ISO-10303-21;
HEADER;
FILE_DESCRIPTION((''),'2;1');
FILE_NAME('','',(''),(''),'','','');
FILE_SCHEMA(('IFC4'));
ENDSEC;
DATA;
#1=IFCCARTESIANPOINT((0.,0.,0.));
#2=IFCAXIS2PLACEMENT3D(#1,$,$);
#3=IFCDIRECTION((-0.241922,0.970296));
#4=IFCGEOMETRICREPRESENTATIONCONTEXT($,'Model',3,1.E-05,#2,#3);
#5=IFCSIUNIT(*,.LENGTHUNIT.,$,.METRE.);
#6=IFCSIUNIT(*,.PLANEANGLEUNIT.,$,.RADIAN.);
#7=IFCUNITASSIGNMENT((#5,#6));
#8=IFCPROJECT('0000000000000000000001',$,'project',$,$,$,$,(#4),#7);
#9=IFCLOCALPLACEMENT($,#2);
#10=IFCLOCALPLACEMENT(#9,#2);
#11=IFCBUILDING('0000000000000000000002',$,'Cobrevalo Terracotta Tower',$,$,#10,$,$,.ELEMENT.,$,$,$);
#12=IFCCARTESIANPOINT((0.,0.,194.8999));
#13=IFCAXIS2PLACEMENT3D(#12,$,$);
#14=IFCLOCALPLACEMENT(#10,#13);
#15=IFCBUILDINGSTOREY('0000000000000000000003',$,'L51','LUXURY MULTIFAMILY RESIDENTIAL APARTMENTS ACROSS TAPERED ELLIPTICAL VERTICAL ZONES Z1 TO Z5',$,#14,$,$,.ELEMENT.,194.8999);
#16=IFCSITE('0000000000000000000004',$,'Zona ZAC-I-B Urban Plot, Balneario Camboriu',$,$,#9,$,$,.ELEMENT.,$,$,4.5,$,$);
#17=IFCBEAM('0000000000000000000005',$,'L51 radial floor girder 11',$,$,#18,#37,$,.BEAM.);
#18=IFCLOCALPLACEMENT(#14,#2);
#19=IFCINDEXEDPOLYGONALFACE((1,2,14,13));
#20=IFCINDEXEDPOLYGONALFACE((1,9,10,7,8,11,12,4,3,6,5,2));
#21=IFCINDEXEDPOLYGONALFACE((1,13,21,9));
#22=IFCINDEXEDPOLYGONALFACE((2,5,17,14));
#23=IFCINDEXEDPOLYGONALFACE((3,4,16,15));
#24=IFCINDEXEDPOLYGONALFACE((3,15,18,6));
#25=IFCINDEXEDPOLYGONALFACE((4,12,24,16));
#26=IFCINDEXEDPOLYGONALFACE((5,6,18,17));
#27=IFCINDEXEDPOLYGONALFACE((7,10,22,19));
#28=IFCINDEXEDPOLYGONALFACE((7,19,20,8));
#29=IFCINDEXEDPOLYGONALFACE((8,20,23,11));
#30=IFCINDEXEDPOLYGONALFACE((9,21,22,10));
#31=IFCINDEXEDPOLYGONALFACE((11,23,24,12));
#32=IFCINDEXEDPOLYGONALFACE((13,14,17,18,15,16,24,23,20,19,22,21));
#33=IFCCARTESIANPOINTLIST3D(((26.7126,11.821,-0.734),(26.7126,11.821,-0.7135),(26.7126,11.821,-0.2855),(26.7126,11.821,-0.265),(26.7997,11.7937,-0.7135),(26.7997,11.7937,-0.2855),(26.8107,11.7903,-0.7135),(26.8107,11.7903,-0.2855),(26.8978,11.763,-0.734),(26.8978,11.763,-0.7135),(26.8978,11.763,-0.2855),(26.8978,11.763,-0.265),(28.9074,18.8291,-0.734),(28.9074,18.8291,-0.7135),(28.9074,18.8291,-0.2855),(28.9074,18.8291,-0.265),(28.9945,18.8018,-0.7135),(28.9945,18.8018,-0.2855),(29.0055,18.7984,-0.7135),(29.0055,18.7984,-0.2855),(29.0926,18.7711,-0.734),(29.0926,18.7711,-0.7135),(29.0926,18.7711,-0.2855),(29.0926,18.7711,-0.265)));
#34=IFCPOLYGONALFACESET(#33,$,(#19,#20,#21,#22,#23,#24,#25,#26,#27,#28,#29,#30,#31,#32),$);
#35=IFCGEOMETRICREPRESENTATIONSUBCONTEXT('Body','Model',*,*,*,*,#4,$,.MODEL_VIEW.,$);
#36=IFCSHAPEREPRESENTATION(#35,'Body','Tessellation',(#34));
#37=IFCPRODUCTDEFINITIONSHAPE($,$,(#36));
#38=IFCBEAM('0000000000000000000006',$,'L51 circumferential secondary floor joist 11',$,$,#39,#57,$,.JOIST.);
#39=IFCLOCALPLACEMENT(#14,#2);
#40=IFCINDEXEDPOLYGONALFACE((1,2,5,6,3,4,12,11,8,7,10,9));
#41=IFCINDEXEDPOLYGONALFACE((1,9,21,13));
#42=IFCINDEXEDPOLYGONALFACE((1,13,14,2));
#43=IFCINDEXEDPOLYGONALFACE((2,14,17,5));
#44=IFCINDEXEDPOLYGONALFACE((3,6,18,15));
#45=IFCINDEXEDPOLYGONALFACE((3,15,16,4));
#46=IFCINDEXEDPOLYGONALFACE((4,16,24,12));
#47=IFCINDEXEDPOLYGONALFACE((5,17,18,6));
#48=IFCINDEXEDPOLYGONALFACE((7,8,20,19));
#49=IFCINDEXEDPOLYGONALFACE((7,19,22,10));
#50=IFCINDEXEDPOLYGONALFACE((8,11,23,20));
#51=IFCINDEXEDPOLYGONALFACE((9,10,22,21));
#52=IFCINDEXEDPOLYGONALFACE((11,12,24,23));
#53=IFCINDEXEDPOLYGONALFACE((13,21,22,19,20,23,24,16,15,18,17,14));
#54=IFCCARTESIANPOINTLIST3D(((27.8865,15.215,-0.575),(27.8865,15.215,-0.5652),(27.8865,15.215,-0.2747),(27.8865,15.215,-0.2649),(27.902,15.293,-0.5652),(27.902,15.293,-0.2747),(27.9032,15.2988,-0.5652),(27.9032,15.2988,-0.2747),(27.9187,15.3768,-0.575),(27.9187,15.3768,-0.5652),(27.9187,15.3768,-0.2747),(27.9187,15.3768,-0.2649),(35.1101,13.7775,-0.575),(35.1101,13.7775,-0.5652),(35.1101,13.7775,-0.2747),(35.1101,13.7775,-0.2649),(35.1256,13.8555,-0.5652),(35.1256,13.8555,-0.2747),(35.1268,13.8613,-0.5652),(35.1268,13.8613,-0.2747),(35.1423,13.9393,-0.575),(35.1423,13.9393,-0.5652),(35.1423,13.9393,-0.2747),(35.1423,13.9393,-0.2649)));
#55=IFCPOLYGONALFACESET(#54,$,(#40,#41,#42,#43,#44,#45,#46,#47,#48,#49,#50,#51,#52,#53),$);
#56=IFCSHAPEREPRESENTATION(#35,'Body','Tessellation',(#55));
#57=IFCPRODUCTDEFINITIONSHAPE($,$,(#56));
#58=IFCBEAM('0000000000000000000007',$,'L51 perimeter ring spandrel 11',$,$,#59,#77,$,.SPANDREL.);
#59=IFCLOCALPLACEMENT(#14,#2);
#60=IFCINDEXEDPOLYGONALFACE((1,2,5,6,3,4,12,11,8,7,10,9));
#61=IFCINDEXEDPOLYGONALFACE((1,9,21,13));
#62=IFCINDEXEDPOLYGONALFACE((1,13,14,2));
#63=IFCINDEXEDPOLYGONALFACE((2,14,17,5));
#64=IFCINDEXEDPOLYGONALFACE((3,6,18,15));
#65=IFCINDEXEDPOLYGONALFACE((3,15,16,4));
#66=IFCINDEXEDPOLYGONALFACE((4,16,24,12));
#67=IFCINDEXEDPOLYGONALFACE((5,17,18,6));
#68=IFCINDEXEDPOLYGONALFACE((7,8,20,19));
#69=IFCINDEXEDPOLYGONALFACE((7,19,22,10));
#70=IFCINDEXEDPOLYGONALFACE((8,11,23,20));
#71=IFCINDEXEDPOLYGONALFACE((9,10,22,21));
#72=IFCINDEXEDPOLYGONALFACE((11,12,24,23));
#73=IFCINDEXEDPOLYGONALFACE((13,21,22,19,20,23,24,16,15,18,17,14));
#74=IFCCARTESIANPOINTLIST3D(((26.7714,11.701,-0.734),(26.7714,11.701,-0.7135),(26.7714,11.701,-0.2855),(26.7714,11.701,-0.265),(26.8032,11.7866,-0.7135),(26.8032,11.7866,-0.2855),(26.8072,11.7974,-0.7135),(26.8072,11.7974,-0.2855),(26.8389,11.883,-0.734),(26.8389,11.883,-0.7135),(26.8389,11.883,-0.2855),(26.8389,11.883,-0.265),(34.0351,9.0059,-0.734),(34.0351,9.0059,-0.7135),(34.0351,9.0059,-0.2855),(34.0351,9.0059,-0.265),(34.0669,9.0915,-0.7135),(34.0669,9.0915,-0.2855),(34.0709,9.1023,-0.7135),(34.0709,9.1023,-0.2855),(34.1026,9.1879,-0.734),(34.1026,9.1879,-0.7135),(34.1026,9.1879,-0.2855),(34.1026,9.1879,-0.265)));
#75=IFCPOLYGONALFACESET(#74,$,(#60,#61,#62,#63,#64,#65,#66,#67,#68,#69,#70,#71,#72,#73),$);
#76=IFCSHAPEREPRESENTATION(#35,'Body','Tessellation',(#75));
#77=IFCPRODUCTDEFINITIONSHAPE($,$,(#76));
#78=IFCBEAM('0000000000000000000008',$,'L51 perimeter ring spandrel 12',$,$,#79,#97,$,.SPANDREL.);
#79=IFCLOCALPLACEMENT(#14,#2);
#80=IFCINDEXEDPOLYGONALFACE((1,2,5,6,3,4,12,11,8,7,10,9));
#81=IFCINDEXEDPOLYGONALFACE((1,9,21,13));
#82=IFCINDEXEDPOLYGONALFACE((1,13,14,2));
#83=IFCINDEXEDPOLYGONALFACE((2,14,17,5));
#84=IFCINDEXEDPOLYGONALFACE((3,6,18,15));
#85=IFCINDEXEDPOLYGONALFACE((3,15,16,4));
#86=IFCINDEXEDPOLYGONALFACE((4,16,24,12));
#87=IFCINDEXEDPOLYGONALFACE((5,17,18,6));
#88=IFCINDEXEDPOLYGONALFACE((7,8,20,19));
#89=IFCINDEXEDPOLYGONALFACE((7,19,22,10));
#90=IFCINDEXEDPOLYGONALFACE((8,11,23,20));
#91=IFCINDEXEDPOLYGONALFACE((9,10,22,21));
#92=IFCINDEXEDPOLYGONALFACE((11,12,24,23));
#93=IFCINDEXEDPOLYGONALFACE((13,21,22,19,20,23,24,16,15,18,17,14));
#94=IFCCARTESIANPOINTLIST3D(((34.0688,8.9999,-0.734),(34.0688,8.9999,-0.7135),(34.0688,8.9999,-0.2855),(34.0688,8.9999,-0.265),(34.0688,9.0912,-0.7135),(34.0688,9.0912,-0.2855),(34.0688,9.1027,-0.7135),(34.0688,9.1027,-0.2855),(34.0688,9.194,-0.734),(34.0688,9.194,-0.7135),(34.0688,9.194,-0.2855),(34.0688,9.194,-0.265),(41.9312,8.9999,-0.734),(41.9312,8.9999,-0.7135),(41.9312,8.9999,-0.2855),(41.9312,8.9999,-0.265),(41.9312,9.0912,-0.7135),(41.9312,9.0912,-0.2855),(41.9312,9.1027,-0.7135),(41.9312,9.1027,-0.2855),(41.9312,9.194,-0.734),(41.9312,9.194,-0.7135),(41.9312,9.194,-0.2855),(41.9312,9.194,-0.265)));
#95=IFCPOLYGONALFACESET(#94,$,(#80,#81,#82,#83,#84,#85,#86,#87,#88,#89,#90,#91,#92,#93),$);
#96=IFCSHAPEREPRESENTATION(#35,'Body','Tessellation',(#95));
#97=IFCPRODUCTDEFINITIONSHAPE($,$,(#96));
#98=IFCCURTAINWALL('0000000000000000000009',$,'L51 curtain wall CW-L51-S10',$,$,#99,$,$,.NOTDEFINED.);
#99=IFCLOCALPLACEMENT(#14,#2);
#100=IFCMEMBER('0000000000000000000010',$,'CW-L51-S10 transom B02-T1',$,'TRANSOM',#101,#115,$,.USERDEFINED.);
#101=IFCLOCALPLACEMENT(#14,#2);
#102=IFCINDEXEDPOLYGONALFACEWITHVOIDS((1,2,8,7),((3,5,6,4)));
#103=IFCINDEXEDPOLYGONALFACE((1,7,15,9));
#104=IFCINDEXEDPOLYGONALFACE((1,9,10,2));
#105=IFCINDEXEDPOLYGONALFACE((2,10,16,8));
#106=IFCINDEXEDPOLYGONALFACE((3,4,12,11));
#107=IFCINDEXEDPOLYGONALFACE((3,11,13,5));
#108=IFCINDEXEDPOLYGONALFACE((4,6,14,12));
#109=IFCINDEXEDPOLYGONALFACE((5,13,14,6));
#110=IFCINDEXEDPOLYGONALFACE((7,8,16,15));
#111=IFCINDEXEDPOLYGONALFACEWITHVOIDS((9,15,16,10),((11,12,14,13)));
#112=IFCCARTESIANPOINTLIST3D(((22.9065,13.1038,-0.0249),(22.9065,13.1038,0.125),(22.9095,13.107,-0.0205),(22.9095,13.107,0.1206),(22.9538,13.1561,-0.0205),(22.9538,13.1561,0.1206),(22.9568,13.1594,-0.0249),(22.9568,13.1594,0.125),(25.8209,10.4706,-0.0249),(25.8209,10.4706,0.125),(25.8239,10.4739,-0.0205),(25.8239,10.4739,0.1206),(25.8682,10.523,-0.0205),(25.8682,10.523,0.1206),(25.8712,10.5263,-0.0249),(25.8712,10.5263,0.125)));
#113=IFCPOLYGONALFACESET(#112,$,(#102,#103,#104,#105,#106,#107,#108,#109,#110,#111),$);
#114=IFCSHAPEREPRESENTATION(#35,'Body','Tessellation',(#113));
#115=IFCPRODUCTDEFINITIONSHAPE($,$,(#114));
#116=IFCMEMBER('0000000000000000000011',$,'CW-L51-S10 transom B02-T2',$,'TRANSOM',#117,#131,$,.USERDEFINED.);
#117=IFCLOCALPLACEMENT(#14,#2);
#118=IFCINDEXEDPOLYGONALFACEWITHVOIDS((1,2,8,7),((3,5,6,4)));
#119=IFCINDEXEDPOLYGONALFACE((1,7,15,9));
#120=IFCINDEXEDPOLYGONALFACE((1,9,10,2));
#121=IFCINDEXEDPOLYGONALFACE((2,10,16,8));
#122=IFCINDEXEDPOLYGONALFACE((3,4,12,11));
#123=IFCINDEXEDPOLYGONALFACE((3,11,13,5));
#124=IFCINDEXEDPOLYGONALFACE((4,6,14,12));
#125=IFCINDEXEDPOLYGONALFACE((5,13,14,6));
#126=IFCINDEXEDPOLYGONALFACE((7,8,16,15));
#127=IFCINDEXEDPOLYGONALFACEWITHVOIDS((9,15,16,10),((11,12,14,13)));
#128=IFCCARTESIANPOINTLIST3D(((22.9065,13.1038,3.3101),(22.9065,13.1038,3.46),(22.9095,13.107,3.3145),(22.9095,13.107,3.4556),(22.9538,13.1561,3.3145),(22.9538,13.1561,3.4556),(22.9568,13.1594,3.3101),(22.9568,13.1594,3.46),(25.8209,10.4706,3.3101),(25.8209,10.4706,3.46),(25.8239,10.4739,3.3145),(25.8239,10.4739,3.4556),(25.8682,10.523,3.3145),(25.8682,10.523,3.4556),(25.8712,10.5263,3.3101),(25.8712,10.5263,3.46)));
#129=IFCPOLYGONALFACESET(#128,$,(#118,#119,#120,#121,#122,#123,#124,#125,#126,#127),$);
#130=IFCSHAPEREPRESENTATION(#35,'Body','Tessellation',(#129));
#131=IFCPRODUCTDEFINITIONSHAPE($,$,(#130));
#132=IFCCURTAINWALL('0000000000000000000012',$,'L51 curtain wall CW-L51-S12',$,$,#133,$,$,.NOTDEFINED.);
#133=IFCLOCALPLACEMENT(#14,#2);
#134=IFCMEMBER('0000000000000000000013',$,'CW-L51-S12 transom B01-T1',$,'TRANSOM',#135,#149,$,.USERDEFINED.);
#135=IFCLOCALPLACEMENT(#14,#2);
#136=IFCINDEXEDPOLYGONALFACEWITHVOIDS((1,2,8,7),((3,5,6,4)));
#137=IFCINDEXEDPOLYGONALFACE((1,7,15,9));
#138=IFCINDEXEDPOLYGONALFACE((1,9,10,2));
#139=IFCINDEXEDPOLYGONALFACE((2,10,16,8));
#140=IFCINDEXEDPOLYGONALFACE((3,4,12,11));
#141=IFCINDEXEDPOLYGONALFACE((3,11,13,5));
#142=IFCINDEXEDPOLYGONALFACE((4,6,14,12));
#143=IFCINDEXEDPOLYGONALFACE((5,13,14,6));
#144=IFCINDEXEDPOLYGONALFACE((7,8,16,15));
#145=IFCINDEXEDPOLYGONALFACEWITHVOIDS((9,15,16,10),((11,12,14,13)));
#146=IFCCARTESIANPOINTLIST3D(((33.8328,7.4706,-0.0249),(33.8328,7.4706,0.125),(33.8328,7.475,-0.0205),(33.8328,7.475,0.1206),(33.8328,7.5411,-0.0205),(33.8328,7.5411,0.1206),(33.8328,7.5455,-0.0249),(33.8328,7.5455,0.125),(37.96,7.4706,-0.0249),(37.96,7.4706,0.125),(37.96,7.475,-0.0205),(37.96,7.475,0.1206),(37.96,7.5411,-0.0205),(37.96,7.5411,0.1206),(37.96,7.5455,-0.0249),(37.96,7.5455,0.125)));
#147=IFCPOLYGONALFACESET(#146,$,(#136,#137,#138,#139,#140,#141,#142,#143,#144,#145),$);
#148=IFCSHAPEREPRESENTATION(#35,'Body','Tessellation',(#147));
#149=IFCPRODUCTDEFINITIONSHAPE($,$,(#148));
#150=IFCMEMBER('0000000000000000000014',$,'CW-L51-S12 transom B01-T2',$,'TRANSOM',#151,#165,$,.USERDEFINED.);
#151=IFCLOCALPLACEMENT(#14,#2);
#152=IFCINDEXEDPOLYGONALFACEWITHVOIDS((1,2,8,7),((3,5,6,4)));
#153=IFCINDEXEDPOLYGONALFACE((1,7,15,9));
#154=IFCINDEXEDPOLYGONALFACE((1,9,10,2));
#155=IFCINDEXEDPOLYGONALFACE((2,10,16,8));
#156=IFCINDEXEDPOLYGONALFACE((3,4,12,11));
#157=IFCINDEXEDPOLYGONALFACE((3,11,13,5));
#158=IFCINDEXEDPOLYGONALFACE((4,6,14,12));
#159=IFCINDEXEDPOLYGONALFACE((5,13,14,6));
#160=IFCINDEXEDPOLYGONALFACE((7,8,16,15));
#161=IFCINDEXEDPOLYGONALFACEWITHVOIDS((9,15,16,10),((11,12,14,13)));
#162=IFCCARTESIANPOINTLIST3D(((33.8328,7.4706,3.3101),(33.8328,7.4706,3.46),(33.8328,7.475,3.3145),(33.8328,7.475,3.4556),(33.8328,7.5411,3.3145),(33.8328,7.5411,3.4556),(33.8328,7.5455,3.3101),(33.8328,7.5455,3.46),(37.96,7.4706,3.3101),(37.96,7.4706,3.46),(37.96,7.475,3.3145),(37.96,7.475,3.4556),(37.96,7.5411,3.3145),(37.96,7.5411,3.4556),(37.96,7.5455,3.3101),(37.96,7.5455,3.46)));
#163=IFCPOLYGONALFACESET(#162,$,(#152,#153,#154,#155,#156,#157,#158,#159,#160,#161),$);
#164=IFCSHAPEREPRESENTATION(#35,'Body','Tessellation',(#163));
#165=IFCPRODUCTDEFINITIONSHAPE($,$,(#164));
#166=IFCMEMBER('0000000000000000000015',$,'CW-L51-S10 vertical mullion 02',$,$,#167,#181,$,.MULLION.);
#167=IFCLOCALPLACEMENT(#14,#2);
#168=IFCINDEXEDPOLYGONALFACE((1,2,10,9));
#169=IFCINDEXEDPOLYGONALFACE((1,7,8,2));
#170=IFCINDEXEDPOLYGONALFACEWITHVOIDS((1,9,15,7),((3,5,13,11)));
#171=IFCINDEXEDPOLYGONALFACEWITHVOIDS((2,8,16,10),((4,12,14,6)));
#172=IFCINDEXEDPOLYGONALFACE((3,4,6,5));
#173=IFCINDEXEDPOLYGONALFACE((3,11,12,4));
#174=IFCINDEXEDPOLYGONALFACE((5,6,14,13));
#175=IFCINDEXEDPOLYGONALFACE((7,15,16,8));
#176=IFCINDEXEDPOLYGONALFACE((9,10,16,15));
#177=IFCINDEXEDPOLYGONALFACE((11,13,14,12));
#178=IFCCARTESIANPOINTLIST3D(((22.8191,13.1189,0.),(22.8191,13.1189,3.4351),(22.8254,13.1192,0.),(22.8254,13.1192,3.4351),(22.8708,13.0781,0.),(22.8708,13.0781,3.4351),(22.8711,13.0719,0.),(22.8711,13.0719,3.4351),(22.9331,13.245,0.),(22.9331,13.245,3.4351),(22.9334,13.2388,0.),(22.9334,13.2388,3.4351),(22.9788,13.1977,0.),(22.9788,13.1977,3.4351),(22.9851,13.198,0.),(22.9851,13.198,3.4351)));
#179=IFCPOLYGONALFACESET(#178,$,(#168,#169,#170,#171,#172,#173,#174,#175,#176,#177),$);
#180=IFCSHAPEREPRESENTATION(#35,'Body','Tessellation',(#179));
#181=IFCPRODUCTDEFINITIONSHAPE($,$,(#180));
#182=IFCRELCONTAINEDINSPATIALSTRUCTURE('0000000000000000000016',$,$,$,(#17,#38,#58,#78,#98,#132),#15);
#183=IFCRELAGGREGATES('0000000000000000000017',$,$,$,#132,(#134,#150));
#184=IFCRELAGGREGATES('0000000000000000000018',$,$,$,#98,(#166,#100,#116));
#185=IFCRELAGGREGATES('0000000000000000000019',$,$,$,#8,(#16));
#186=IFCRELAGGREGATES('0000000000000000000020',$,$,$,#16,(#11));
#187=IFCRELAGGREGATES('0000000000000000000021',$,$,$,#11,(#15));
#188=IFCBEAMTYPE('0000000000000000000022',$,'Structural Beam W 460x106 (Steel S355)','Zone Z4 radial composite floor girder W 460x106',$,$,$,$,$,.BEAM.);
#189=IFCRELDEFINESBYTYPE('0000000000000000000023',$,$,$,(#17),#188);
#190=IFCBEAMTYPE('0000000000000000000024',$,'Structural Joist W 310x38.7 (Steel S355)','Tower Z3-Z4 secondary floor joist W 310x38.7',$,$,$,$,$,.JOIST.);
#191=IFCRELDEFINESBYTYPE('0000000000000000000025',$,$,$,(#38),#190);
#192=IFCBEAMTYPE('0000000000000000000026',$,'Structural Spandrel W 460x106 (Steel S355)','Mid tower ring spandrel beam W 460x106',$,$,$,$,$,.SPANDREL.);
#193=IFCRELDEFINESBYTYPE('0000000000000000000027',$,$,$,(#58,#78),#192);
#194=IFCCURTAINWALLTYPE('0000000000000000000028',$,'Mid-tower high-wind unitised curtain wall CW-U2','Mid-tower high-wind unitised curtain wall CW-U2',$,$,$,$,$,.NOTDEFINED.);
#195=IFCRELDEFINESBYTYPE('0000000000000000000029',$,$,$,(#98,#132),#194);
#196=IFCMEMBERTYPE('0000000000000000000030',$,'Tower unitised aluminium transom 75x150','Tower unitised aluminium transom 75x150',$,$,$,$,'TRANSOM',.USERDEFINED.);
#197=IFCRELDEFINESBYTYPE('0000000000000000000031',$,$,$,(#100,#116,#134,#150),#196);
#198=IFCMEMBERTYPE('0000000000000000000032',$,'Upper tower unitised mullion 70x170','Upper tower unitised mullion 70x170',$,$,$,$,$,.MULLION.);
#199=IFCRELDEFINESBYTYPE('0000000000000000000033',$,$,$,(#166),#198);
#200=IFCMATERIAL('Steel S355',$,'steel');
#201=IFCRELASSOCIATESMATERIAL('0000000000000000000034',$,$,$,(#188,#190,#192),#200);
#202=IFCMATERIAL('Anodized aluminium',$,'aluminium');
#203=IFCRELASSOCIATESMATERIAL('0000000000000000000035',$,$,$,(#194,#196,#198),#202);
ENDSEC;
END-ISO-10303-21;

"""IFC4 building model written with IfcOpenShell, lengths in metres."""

from ifc_helpers import new_model, si_unit, direction, frame, origin, origin_2d, place, context, subcontext, project, spatial, hollow_rectangle, i_section, extrude, source, transform, mapped, material, material_profile, profile_set, type_object, element, aggregate, save


model = new_model("IFC4")

# Units and contexts
model_context = context("Model", 3, precision=1e-05, world=origin(), true_north=direction((-0.241922, 0.970296)))
body_context = subcontext(model_context, "Body", "Model", "MODEL_VIEW")
ifc_project = project(units=[si_unit("LENGTHUNIT", "METRE"), si_unit("PLANEANGLEUNIT", "RADIAN")], contexts=[model_context])

# Site, building, storey
site_placement = place(None, origin())
site = spatial("IfcSite", under=ifc_project, at=site_placement, Name="Zona ZAC-I-B Urban Plot, Balneario Camboriu", CompositionType="ELEMENT", RefElevation=4.5)
building_placement = place(site_placement, origin())
building = spatial("IfcBuilding", under=site, at=building_placement, Name="Cobrevalo Terracotta Tower", CompositionType="ELEMENT")
storey_placement = place(building_placement, frame((0.0, 0.0, 194.8999)))
storey = spatial("IfcBuildingStorey", under=building, at=storey_placement, Name="L51", Description="LUXURY MULTIFAMILY RESIDENTIAL APARTMENTS ACROSS TAPERED ELLIPTICAL VERTICAL ZONES Z1 TO Z5", CompositionType="ELEMENT", Elevation=194.8999)

# Shared definitions
ifc_material_1 = material(Name="Steel S355", Category="steel")

# Beams
ifc_material_profile_1 = material_profile(ifc_material_1, i_section(OverallWidth=0.1941, OverallDepth=0.469, WebThickness=0.0115, FlangeThickness=0.0205, at=origin_2d()), Name="W 460x106")
ifc_profile_set_1 = profile_set([ifc_material_profile_1], Name="Steel S355")
beam_type_1 = type_object("IfcBeamType", Name="Structural Beam W 460x106 (Steel S355)", Description="Zone Z4 radial composite floor girder W 460x106", PredefinedType="BEAM", material=ifc_profile_set_1)
beam_1_placement = place(storey_placement, frame((26.8052, 11.792, -0.4995), z_axis=(0.298871, 0.954293, 0.0), x_axis=(-0.954293, 0.298871, 0.0)))
element("IfcBeam", 1, at=beam_1_placement, inside=storey, type_object=beam_type_1, Name="L51 radial floor girder 11", PredefinedType="BEAM", context=body_context, shape_type="SweptSolid", body=[
    extrude(i_section(OverallWidth=0.1941, OverallDepth=0.469, WebThickness=0.0115, FlangeThickness=0.0205, at=origin_2d()), origin(), (0.0, 0.0, 1.0), 7.3438),
])
ifc_material_profile_2 = material_profile(ifc_material_1, i_section(OverallWidth=0.165, OverallDepth=0.3101, WebThickness=0.0059, FlangeThickness=0.0098, at=origin_2d()), Name="W 310x38.7")
ifc_profile_set_2 = profile_set([ifc_material_profile_2], Name="Steel S355")
beam_type_2 = type_object("IfcBeamType", Name="Structural Joist W 310x38.7 (Steel S355)", Description="Tower Z3-Z4 secondary floor joist W 310x38.7", PredefinedType="JOIST", material=ifc_profile_set_2)
beam_2_placement = place(storey_placement, frame((27.9026, 15.2959, -0.4199), z_axis=(0.980769, -0.195173, 0.0), x_axis=(0.195173, 0.980769, 0.0)))
element("IfcBeam", 2, at=beam_2_placement, inside=storey, type_object=beam_type_2, Name="L51 circumferential secondary floor joist 11", PredefinedType="JOIST", context=body_context, shape_type="SweptSolid", body=[
    extrude(i_section(OverallWidth=0.165, OverallDepth=0.3101, WebThickness=0.0059, FlangeThickness=0.0098, at=origin_2d()), origin(), (0.0, 0.0, 1.0), 7.3652),
])
ifc_material_profile_3 = material_profile(ifc_material_1, i_section(OverallWidth=0.1941, OverallDepth=0.469, WebThickness=0.0115, FlangeThickness=0.0205, at=origin_2d()), Name="W 460x106")
ifc_profile_set_3 = profile_set([ifc_material_profile_3], Name="Steel S355")
beam_type_3 = type_object("IfcBeamType", Name="Structural Spandrel W 460x106 (Steel S355)", Description="Mid tower ring spandrel beam W 460x106", PredefinedType="SPANDREL", material=ifc_profile_set_3)
beam_3_placement = place(storey_placement, frame((26.8052, 11.792, -0.4995), z_axis=(0.937546, -0.347861, 0.0), x_axis=(0.347861, 0.937546, 0.0)))
element("IfcBeam", 3, at=beam_3_placement, inside=storey, type_object=beam_type_3, Name="L51 perimeter ring spandrel 11", PredefinedType="SPANDREL", context=body_context, shape_type="SweptSolid", body=[
    extrude(i_section(OverallWidth=0.1941, OverallDepth=0.469, WebThickness=0.0115, FlangeThickness=0.0205, at=origin_2d()), origin(), (0.0, 0.0, 1.0), 7.7476),
])
beam_4_placement = place(storey_placement, frame((34.0688, 9.0969, -0.4995), z_axis=(1.0, 0.0, 0.0), x_axis=(0.0, 1.0, 0.0)))
element("IfcBeam", 4, at=beam_4_placement, inside=storey, type_object=beam_type_3, Name="L51 perimeter ring spandrel 12", PredefinedType="SPANDREL", context=body_context, shape_type="SweptSolid", body=[
    extrude(i_section(OverallWidth=0.1941, OverallDepth=0.469, WebThickness=0.0115, FlangeThickness=0.0205, at=origin_2d()), origin(), (0.0, 0.0, 1.0), 7.8623),
])

# Curtain walls, members
ifc_material_2 = material(Name="Anodized aluminium", Category="aluminium")
curtain_wall_type = type_object("IfcCurtainWallType", Name="Mid-tower high-wind unitised curtain wall CW-U2", Description="Mid-tower high-wind unitised curtain wall CW-U2", PredefinedType="NOTDEFINED", material=ifc_material_2)
curtain_wall_1_placement = place(storey_placement, origin())
curtain_wall_1 = element("IfcCurtainWall", 5, at=curtain_wall_1_placement, inside=storey, type_object=curtain_wall_type, Name="L51 curtain wall CW-L51-S10", PredefinedType="NOTDEFINED")
ifc_material_profile_4 = material_profile(ifc_material_2, hollow_rectangle(XDim=0.075, YDim=0.1499, WallThickness=0.0044, at=origin_2d()), Name="CWT 75x150")
ifc_profile_set_4 = profile_set([ifc_material_profile_4], Name="Anodized aluminium")
member_type_1 = type_object("IfcMemberType", Name="Tower unitised aluminium transom 75x150", Description="Tower unitised aluminium transom 75x150", ElementType="TRANSOM", PredefinedType="USERDEFINED", material=ifc_profile_set_4)
shared_shape_1 = source(origin(), body_context, "Body", "SweptSolid", [
    extrude(hollow_rectangle(XDim=0.075, YDim=0.1499, WallThickness=0.0044, at=origin_2d()), origin(), (0.0, 0.0, 1.0), 3.9277),
])
member_1_placement = place(storey_placement, frame((22.9316, 13.1316, 0.05), z_axis=(0.742004, -0.670396, 0.0), x_axis=(0.670396, 0.742004, 0.0)))
member_1 = element("IfcMember", 6, at=member_1_placement, type_object=member_type_1, Name="CW-L51-S10 transom B02-T1", ObjectType="TRANSOM", PredefinedType="USERDEFINED", context=body_context, shape_type="MappedRepresentation", body=[
    mapped(shared_shape_1, transform((0.0, 0.0, 0.0), scale=1.0)),
])
member_2_placement = place(storey_placement, frame((22.9316, 13.1316, 3.385), z_axis=(0.742004, -0.670396, 0.0), x_axis=(0.670396, 0.742004, 0.0)))
member_2 = element("IfcMember", 7, at=member_2_placement, type_object=member_type_1, Name="CW-L51-S10 transom B02-T2", ObjectType="TRANSOM", PredefinedType="USERDEFINED", context=body_context, shape_type="MappedRepresentation", body=[
    mapped(shared_shape_1, transform((0.0, 0.0, 0.0), scale=1.0)),
])
curtain_wall_2_placement = place(storey_placement, origin())
curtain_wall_2 = element("IfcCurtainWall", 8, at=curtain_wall_2_placement, inside=storey, type_object=curtain_wall_type, Name="L51 curtain wall CW-L51-S12", PredefinedType="NOTDEFINED")
shared_shape_2 = source(origin(), body_context, "Body", "SweptSolid", [
    extrude(hollow_rectangle(XDim=0.075, YDim=0.1499, WallThickness=0.0044, at=origin_2d()), origin(), (0.0, 0.0, 1.0), 4.1272),
])
member_3_placement = place(storey_placement, frame((33.8328, 7.5081, 0.05), z_axis=(1.0, 0.0, 0.0), x_axis=(0.0, 1.0, 0.0)))
member_3 = element("IfcMember", 9, at=member_3_placement, type_object=member_type_1, Name="CW-L51-S12 transom B01-T1", ObjectType="TRANSOM", PredefinedType="USERDEFINED", context=body_context, shape_type="MappedRepresentation", body=[
    mapped(shared_shape_2, transform((0.0, 0.0, 0.0), scale=1.0)),
])
member_4_placement = place(storey_placement, frame((33.8328, 7.5081, 3.385), z_axis=(1.0, 0.0, 0.0), x_axis=(0.0, 1.0, 0.0)))
member_4 = element("IfcMember", 10, at=member_4_placement, type_object=member_type_1, Name="CW-L51-S12 transom B01-T2", ObjectType="TRANSOM", PredefinedType="USERDEFINED", context=body_context, shape_type="MappedRepresentation", body=[
    mapped(shared_shape_2, transform((0.0, 0.0, 0.0), scale=1.0)),
])

# Member
ifc_material_profile_5 = material_profile(ifc_material_2, hollow_rectangle(XDim=0.0701, YDim=0.1699, WallThickness=0.0044, at=origin_2d()), Name="CWM 70x170")
ifc_profile_set_5 = profile_set([ifc_material_profile_5], Name="Anodized aluminium")
member_type_2 = type_object("IfcMemberType", Name="Upper tower unitised mullion 70x170", Description="Upper tower unitised mullion 70x170", PredefinedType="MULLION", material=ifc_profile_set_5)
shared_shape_3 = source(origin(), body_context, "Body", "SweptSolid", [
    extrude(hollow_rectangle(XDim=0.0701, YDim=0.1699, WallThickness=0.0044, at=origin_2d()), origin(), (0.0, 0.0, 1.0), 3.4351),
])
member_5_placement = place(storey_placement, frame((22.9021, 13.1584, 0.0), z_axis=(0.0, 0.0, 1.0), x_axis=(0.741988, -0.670414, 0.0)))
member_5 = element("IfcMember", 11, at=member_5_placement, type_object=member_type_2, Name="CW-L51-S10 vertical mullion 02", PredefinedType="MULLION", context=body_context, shape_type="MappedRepresentation", body=[
    mapped(shared_shape_3, transform((0.0, 0.0, 0.0), scale=1.0)),
])
aggregate(curtain_wall_2, [member_3, member_4])

aggregate(curtain_wall_1, [member_5, member_1, member_2])

save(model, "model.ifc")
